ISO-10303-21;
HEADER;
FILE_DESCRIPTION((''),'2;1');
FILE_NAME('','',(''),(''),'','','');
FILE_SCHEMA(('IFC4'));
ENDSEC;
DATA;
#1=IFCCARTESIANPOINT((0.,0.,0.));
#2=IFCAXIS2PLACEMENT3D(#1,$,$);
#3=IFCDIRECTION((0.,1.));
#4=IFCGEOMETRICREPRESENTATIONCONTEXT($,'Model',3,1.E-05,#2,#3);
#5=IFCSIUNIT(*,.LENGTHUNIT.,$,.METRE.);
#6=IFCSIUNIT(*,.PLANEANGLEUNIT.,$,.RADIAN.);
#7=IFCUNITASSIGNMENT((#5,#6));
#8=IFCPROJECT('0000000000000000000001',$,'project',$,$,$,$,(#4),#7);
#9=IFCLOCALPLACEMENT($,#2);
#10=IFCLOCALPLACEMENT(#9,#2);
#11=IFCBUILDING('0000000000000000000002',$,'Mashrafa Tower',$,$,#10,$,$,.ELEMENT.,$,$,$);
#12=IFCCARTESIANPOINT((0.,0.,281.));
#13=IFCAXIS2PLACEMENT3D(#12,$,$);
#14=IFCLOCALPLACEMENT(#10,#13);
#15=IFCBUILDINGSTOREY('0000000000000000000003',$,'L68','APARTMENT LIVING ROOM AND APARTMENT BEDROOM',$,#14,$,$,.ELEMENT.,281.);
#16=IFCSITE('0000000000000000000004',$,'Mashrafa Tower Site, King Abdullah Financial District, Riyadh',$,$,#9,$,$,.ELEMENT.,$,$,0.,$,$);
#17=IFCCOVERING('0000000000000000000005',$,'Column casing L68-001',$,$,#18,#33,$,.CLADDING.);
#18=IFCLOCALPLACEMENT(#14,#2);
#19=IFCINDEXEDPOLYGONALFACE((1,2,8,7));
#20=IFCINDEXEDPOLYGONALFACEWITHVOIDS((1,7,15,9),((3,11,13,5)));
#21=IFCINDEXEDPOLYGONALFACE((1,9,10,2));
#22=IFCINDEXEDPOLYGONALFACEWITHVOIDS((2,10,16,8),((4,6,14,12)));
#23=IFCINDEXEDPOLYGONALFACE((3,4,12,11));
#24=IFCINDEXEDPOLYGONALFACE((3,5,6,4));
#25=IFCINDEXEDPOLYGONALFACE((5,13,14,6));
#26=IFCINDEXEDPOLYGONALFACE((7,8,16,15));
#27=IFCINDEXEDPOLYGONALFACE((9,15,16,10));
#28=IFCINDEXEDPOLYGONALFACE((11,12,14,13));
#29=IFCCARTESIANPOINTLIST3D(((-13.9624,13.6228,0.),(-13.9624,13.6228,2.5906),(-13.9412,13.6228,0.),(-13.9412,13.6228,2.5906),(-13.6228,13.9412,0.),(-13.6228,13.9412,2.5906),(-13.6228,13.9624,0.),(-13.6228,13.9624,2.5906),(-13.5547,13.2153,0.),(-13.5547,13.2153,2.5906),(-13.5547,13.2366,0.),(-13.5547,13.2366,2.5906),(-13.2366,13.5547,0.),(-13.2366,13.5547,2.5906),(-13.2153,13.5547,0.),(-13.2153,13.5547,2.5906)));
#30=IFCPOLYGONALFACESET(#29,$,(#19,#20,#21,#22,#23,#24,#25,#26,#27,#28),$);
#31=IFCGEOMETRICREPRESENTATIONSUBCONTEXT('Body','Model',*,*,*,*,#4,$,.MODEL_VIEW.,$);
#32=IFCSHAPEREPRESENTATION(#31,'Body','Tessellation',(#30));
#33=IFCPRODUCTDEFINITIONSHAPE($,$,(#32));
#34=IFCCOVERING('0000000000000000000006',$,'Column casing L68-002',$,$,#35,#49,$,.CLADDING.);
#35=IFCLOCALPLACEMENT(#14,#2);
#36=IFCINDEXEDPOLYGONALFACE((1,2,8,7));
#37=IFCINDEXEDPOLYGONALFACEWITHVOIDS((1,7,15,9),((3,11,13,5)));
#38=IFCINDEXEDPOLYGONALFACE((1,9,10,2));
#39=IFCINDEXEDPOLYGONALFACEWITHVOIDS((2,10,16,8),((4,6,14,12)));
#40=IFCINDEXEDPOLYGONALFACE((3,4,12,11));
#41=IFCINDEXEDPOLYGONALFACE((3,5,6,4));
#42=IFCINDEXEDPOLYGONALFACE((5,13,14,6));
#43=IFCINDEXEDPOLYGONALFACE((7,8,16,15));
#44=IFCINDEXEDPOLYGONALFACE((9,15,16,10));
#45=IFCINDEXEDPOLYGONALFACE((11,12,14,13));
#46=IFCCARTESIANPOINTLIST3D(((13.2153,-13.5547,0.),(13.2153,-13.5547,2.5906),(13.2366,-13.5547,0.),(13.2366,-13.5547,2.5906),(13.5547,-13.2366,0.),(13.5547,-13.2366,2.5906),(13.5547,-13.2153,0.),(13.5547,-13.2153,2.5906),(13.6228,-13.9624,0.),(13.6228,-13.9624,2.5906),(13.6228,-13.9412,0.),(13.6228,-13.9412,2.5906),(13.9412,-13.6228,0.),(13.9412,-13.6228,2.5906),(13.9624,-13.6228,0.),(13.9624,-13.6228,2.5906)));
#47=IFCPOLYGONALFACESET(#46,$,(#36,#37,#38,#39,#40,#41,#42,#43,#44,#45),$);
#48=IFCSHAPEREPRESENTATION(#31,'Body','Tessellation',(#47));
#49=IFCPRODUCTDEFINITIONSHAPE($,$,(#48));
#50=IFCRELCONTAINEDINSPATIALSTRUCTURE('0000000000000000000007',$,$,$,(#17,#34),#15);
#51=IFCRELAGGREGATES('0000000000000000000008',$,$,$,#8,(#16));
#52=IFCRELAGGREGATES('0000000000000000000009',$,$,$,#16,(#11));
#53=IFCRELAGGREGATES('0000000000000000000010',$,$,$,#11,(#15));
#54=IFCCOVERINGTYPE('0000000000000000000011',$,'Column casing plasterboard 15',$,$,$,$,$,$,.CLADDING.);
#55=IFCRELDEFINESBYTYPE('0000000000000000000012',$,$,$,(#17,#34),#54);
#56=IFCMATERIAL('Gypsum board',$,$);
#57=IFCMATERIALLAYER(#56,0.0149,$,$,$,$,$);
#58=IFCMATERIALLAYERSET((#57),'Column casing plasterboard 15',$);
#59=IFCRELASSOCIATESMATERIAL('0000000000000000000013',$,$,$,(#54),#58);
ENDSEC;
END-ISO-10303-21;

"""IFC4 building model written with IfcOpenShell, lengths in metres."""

from ifc_helpers import new_model, si_unit, direction, frame, origin, place, context, subcontext, project, spatial, polyline, outline, extrude, material, layer, layer_set, type_object, element, save


model = new_model("IFC4")

# Units and contexts
model_context = context("Model", 3, precision=1e-05, world=origin(), true_north=direction((0.0, 1.0)))
body_context = subcontext(model_context, "Body", "Model", "MODEL_VIEW")
ifc_project = project(units=[si_unit("LENGTHUNIT", "METRE"), si_unit("PLANEANGLEUNIT", "RADIAN")], contexts=[model_context])

# Site, building, storey
site_placement = place(None, origin())
site = spatial("IfcSite", under=ifc_project, at=site_placement, Name="Mashrafa Tower Site, King Abdullah Financial District, Riyadh", CompositionType="ELEMENT", RefElevation=0.0)
building_placement = place(site_placement, origin())
building = spatial("IfcBuilding", under=site, at=building_placement, Name="Mashrafa Tower", CompositionType="ELEMENT")
storey_placement = place(building_placement, frame((0.0, 0.0, 281.0)))
storey = spatial("IfcBuildingStorey", under=building, at=storey_placement, Name="L68", Description="APARTMENT LIVING ROOM AND APARTMENT BEDROOM", CompositionType="ELEMENT", Elevation=281.0)

# Coverings
ifc_material_1 = material(Name="Gypsum board")
ifc_layer_1 = layer(ifc_material_1, 0.0149)
ifc_layer_set_1 = layer_set([ifc_layer_1], Name="Column casing plasterboard 15")
covering_type = type_object("IfcCoveringType", Name="Column casing plasterboard 15", PredefinedType="CLADDING", material=ifc_layer_set_1)
covering_1_placement = place(storey_placement, origin())
element("IfcCovering", 1, at=covering_1_placement, inside=storey, type_object=covering_type, Name="Column casing L68-001", PredefinedType="CLADDING", context=body_context, shape_type="SweptSolid", body=[
    extrude(outline(polyline([(-13.9624, 13.6228), (-13.6228, 13.9624), (-13.2153, 13.5547), (-13.5547, 13.2153), (-13.9624, 13.6228)]), holes=[polyline([(-13.2366, 13.5547), (-13.6228, 13.9412), (-13.9412, 13.6228), (-13.5547, 13.2366), (-13.2366, 13.5547)])]), origin(), (0.0, 0.0, 1.0), 2.5906),
])
covering_2_placement = place(storey_placement, origin())
element("IfcCovering", 2, at=covering_2_placement, inside=storey, type_object=covering_type, Name="Column casing L68-002", PredefinedType="CLADDING", context=body_context, shape_type="SweptSolid", body=[
    extrude(outline(polyline([(13.2153, -13.5547), (13.5547, -13.2153), (13.9624, -13.6228), (13.6228, -13.9624), (13.2153, -13.5547)]), holes=[polyline([(13.9412, -13.6228), (13.5547, -13.2366), (13.2366, -13.5547), (13.6228, -13.9412), (13.9412, -13.6228)])]), origin(), (0.0, 0.0, 1.0), 2.5906),
])

save(model, "model.ifc")
